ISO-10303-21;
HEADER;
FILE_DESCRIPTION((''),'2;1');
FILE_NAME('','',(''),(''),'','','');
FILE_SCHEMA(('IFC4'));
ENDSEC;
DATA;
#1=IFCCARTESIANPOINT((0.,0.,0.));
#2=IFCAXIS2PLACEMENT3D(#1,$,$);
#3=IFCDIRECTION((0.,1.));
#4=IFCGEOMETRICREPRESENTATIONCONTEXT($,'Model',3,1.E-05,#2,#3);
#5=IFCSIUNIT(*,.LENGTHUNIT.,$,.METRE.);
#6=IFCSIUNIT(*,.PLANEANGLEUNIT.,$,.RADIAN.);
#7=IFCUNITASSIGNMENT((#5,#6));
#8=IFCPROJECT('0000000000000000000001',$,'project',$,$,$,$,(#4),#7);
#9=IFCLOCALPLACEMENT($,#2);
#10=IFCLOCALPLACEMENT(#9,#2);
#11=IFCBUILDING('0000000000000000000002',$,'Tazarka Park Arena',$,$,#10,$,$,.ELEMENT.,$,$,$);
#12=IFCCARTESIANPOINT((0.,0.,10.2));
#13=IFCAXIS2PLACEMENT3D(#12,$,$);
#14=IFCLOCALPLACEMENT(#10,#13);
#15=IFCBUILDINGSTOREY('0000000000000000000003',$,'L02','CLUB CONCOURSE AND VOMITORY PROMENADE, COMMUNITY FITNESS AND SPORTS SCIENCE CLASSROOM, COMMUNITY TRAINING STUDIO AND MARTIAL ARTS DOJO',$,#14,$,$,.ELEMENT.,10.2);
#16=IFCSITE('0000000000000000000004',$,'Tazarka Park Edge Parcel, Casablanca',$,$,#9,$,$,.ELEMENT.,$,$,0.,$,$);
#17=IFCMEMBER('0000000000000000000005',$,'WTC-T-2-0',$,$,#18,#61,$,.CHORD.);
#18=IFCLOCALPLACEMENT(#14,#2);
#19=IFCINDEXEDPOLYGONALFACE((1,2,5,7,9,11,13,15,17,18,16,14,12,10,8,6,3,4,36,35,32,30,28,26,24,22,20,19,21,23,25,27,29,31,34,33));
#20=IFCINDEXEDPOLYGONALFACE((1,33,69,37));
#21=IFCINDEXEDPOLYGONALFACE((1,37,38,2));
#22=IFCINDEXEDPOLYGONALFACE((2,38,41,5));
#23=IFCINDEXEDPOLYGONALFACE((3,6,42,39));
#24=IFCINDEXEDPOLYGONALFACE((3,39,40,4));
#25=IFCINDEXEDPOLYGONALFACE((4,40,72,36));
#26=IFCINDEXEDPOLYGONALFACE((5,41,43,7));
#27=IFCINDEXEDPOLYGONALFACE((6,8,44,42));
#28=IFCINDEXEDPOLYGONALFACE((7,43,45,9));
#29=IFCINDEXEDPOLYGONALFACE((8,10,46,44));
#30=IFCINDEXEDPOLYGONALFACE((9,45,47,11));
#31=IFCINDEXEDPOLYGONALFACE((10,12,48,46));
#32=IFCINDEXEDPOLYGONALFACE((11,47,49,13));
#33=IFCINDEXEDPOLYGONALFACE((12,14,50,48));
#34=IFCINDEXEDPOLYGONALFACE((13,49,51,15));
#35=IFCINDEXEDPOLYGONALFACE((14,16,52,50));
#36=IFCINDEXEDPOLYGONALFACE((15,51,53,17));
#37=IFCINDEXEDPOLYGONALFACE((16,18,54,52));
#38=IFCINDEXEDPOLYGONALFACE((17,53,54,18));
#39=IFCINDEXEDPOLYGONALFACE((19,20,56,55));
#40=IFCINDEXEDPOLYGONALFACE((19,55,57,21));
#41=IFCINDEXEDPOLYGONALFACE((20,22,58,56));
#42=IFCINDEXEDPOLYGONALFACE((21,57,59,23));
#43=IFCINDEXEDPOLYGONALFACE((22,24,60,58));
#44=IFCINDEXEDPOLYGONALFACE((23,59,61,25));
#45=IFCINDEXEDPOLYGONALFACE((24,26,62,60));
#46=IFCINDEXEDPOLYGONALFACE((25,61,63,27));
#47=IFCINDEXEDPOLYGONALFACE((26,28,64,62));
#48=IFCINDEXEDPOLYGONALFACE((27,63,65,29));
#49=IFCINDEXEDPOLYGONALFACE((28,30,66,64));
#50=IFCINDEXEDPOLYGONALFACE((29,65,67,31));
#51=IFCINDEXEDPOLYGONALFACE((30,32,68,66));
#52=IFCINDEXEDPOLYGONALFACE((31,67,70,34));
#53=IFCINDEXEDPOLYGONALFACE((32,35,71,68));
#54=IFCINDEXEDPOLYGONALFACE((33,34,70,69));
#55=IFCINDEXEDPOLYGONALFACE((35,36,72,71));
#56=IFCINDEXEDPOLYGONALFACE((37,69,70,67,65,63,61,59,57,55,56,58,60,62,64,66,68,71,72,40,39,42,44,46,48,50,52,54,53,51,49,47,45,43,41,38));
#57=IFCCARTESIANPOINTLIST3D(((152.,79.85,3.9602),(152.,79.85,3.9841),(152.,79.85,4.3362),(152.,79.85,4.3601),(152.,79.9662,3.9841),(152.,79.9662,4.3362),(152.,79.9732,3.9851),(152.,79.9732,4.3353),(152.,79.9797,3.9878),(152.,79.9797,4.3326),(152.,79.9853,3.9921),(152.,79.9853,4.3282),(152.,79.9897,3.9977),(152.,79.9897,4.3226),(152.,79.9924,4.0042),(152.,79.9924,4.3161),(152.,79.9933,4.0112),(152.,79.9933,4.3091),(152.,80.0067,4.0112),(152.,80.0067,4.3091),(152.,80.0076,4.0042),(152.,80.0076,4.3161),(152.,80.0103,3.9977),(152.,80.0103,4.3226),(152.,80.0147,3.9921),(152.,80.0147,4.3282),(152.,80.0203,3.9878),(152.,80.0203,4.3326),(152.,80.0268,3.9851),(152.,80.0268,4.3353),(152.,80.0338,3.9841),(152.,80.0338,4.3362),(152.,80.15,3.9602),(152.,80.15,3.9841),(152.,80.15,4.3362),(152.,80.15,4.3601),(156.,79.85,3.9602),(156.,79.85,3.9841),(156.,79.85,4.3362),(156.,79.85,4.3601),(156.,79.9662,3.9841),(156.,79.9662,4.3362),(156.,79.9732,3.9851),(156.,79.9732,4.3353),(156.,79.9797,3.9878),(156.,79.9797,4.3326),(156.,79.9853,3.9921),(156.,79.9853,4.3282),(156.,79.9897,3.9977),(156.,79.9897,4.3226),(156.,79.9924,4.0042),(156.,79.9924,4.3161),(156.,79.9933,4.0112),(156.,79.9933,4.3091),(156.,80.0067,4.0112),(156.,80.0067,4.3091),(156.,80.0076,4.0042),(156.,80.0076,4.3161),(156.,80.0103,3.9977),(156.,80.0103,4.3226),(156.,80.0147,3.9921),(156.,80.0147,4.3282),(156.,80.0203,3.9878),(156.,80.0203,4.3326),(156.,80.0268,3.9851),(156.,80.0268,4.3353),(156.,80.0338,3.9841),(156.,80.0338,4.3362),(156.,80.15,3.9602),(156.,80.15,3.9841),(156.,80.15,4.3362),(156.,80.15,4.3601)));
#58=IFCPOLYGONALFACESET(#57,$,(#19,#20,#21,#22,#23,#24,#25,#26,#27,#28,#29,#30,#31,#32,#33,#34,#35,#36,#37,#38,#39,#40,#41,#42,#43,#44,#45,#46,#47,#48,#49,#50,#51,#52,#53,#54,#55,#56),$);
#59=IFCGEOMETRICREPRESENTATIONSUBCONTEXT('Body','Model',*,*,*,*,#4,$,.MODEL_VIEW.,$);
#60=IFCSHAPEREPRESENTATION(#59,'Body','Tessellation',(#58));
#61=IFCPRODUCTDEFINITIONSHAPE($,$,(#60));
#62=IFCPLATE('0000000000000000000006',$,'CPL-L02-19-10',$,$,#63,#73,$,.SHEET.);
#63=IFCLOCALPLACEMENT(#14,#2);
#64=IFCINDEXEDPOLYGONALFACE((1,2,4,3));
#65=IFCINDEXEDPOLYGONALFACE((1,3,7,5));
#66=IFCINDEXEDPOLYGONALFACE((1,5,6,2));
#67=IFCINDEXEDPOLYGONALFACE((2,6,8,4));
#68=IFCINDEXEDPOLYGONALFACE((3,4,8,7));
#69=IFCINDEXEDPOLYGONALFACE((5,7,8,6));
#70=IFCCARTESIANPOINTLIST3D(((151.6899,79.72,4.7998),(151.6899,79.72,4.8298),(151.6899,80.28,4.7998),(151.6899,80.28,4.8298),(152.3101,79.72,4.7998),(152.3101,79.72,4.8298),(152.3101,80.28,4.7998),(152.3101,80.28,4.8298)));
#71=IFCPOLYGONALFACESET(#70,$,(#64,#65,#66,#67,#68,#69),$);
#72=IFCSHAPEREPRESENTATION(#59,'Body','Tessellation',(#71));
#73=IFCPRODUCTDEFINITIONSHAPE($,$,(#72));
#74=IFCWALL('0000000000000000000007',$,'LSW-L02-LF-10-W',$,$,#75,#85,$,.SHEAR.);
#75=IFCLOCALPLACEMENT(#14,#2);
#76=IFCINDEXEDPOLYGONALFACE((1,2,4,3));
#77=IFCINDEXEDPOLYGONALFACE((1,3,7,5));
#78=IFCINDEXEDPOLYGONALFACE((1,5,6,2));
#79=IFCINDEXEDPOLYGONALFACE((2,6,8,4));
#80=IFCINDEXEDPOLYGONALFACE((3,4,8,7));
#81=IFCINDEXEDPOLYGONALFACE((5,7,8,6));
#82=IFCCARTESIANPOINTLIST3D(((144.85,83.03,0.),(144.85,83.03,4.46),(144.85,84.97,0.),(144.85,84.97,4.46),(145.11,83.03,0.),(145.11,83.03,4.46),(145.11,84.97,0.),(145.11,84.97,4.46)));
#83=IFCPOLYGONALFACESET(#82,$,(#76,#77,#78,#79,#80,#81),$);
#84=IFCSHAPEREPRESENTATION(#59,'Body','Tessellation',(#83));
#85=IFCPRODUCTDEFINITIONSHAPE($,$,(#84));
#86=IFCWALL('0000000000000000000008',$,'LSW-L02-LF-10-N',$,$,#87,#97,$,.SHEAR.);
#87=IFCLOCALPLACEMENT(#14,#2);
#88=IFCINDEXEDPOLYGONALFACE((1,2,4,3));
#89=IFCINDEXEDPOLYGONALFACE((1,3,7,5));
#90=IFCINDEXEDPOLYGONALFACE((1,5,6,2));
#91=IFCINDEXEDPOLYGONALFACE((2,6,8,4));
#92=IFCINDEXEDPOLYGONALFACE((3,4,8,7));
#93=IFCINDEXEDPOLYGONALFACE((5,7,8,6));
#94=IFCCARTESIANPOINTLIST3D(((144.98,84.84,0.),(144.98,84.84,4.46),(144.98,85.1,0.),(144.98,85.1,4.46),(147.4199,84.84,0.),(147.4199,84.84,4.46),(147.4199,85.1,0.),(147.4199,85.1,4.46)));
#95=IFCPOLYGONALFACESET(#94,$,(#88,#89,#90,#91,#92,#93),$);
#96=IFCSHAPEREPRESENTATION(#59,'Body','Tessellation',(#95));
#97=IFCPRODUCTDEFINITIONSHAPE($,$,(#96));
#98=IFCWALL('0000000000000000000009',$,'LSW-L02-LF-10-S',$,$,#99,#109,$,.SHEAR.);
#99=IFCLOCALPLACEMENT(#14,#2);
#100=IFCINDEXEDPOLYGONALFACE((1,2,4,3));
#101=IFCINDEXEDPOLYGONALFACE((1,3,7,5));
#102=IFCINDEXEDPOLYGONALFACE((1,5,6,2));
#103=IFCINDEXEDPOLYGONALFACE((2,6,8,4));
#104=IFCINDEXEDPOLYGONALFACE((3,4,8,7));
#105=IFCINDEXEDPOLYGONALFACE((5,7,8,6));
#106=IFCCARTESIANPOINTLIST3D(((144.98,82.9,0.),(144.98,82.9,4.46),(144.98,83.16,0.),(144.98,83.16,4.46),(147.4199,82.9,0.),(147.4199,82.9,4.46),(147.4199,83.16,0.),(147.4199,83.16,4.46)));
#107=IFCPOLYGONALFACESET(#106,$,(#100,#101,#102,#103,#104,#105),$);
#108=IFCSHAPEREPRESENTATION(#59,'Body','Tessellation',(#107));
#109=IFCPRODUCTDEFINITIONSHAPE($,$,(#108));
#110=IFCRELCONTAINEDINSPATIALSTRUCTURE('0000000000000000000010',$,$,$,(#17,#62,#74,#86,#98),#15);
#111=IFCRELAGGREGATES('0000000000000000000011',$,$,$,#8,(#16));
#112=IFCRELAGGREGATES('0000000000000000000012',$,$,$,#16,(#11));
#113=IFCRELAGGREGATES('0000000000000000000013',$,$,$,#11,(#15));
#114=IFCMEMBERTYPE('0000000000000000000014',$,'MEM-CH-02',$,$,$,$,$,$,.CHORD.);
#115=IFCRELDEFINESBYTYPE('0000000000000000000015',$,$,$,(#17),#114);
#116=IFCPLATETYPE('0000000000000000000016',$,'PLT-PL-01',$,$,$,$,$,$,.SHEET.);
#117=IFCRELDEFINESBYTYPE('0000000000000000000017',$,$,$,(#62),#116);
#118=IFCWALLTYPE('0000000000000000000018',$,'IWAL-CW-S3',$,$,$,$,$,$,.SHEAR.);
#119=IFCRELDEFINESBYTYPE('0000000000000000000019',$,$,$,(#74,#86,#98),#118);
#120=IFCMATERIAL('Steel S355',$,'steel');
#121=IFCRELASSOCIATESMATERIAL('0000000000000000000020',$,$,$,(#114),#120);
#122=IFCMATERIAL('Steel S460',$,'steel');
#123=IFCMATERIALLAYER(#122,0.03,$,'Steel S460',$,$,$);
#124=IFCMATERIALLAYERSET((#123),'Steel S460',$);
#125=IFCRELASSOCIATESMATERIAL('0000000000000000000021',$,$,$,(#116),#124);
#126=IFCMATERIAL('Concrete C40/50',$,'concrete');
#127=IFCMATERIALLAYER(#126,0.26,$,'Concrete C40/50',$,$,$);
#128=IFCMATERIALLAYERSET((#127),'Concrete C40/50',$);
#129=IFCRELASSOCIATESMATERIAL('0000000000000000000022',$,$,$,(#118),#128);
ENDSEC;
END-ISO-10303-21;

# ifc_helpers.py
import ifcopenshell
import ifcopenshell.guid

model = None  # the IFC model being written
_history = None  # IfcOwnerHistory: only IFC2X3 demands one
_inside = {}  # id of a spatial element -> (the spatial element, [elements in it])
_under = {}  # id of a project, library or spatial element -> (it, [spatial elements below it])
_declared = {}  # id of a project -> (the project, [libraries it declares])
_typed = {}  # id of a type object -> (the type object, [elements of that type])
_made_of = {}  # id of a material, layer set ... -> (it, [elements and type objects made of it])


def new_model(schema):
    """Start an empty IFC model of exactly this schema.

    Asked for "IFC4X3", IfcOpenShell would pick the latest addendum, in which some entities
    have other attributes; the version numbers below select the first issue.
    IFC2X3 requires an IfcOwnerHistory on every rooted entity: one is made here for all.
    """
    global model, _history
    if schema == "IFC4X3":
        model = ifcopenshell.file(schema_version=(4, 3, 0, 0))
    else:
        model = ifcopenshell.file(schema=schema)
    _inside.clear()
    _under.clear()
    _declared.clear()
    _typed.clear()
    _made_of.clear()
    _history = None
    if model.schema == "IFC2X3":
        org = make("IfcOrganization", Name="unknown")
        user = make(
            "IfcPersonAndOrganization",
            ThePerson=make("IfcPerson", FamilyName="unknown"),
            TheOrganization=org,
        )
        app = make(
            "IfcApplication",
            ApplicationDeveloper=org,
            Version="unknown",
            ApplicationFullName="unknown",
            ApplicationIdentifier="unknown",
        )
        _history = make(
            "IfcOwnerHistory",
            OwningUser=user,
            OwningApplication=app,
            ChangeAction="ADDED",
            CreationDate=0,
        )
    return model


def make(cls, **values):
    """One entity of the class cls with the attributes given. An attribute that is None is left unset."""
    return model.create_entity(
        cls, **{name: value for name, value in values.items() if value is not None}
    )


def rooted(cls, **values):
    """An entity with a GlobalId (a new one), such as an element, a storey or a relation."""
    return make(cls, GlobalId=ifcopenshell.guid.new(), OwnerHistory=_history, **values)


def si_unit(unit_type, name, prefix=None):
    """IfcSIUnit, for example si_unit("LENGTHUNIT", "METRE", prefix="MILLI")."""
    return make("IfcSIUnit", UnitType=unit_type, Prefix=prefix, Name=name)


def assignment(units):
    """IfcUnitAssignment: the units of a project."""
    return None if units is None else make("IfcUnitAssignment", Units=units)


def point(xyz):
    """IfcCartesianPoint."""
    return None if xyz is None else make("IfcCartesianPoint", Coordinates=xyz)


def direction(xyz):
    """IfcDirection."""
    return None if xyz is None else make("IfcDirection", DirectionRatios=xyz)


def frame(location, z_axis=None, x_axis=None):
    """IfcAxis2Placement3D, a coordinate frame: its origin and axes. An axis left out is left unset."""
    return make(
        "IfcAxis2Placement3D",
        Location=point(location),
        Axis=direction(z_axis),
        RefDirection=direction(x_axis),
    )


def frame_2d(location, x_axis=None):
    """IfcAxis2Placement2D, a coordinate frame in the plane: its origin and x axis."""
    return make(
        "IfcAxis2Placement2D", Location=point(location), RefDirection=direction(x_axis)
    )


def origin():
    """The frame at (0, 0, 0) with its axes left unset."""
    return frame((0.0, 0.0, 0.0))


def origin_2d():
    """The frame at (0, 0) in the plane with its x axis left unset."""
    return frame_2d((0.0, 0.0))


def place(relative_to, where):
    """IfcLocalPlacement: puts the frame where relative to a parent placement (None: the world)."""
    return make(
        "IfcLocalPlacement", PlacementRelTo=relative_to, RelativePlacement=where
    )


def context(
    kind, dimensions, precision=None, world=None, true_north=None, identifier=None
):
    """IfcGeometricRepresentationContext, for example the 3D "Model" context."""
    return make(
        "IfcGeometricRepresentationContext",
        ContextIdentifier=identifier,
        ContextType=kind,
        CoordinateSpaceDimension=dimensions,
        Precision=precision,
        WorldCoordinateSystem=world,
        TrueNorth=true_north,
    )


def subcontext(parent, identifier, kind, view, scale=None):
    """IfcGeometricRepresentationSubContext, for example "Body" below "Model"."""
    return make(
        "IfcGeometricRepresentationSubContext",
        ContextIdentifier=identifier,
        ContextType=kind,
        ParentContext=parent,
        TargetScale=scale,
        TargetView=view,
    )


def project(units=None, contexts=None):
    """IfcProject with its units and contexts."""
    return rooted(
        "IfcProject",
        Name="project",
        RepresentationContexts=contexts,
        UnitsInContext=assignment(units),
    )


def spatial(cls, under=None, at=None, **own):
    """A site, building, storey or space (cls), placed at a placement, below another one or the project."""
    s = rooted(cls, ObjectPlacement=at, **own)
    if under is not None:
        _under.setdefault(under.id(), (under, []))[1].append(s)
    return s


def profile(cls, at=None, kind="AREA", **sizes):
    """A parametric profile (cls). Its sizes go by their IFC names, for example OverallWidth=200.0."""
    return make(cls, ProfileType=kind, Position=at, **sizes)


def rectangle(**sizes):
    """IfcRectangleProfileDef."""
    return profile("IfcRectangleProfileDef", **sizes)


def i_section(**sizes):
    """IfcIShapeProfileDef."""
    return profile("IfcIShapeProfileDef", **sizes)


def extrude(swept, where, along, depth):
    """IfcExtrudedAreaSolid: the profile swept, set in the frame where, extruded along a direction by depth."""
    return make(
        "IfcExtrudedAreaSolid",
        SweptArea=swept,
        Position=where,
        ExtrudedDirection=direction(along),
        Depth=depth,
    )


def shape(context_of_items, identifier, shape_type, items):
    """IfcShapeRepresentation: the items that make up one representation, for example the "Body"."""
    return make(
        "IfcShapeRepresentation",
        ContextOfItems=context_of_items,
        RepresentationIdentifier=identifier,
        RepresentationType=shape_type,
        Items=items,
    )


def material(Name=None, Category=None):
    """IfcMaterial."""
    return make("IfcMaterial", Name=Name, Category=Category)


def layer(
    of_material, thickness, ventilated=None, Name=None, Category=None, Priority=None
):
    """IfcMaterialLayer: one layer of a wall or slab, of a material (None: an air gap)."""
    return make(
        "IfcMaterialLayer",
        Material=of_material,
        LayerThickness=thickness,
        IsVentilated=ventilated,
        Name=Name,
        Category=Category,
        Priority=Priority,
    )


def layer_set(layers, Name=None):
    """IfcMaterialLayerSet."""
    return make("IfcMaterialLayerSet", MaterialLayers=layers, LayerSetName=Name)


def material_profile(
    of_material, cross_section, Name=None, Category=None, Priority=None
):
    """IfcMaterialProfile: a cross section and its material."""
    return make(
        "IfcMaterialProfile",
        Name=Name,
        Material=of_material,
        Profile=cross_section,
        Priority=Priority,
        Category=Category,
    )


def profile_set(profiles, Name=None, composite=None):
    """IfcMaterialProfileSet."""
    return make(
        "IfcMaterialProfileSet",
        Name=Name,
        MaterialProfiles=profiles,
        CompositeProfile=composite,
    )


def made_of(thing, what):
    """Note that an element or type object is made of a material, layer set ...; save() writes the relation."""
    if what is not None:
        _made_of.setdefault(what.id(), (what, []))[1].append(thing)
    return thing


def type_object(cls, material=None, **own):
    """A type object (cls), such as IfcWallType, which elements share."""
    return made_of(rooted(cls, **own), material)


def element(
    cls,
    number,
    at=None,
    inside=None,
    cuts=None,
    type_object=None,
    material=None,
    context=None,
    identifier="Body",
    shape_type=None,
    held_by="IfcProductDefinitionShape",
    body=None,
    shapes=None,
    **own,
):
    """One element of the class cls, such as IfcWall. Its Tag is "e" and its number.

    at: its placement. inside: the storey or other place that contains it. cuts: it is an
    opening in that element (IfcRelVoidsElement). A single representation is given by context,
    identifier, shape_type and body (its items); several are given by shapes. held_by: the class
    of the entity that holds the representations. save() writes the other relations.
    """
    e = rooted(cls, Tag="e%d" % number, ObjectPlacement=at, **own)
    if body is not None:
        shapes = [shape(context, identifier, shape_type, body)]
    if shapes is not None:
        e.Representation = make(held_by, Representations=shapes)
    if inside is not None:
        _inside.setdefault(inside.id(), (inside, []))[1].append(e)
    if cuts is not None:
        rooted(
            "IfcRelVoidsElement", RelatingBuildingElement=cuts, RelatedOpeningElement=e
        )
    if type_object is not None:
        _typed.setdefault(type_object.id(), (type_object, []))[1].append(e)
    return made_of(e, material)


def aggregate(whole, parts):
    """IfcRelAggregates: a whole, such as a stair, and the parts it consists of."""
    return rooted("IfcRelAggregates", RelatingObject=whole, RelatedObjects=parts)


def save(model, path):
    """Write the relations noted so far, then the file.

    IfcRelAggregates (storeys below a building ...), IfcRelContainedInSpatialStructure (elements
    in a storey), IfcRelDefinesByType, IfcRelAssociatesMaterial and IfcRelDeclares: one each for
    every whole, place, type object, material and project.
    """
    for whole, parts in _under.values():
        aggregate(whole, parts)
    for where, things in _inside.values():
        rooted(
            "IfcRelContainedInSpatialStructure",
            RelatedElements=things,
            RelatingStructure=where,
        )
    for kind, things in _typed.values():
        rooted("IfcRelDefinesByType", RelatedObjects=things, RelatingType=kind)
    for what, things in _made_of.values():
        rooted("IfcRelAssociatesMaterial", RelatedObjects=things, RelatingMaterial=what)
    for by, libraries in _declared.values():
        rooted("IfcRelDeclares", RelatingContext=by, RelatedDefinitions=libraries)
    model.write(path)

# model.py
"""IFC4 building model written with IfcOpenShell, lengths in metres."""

from ifc_helpers import new_model, si_unit, direction, frame, frame_2d, origin, origin_2d, place, context, subcontext, project, spatial, rectangle, i_section, extrude, material, layer, layer_set, material_profile, profile_set, type_object, element, save


model = new_model("IFC4")

# Units and contexts
model_context = context("Model", 3, precision=1e-05, world=origin(), true_north=direction((0.0, 1.0)))
body_context = subcontext(model_context, "Body", "Model", "MODEL_VIEW")
ifc_project = project(units=[si_unit("LENGTHUNIT", "METRE"), si_unit("PLANEANGLEUNIT", "RADIAN")], contexts=[model_context])

# Site, building, storey
site_placement = place(None, origin())
site = spatial("IfcSite", under=ifc_project, at=site_placement, Name="Tazarka Park Edge Parcel, Casablanca", CompositionType="ELEMENT", RefElevation=0.0)
building_placement = place(site_placement, origin())
building = spatial("IfcBuilding", under=site, at=building_placement, Name="Tazarka Park Arena", CompositionType="ELEMENT")
storey_placement = place(building_placement, frame((0.0, 0.0, 10.2)))
storey = spatial("IfcBuildingStorey", under=building, at=storey_placement, Name="L02", Description="CLUB CONCOURSE AND VOMITORY PROMENADE, COMMUNITY FITNESS AND SPORTS SCIENCE CLASSROOM, COMMUNITY TRAINING STUDIO AND MARTIAL ARTS DOJO", CompositionType="ELEMENT", Elevation=10.2)

# Member
ifc_material_1 = material(Name="Steel S355", Category="steel")
ifc_material_profile_1 = material_profile(ifc_material_1, i_section(OverallWidth=0.3, OverallDepth=0.3999, WebThickness=0.0134, FlangeThickness=0.0239, FilletRadius=0.0271, at=origin_2d()), Name="Steel S355")
ifc_profile_set_1 = profile_set([ifc_material_profile_1], Name="Steel S355")
member_type_1 = type_object("IfcMemberType", Name="MEM-CH-02", PredefinedType="CHORD", material=ifc_profile_set_1)
member_1_placement = place(storey_placement, frame((152.0, 80.0, 4.1602), z_axis=(1.0, 0.0, 0.0), x_axis=(0.0, 1.0, 0.0)))
element("IfcMember", 1, at=member_1_placement, inside=storey, type_object=member_type_1, Name="WTC-T-2-0", PredefinedType="CHORD", context=body_context, shape_type="SweptSolid", body=[
    extrude(i_section(OverallWidth=0.3, OverallDepth=0.3999, WebThickness=0.0134, FlangeThickness=0.0239, FilletRadius=0.0271, at=origin_2d()), origin(), (0.0, 0.0, 1.0), 4.0),
])

# Plate
ifc_material_2 = material(Name="Steel S460", Category="steel")
ifc_layer_1 = layer(ifc_material_2, 0.03, Name="Steel S460")
ifc_layer_set_1 = layer_set([ifc_layer_1], Name="Steel S460")
plate_type = type_object("IfcPlateType", Name="PLT-PL-01", PredefinedType="SHEET", material=ifc_layer_set_1)
plate_placement = place(storey_placement, frame((152.0, 80.0, 4.7998), z_axis=(0.0, 0.0, 1.0), x_axis=(1.0, 0.0, 0.0)))
element("IfcPlate", 2, at=plate_placement, inside=storey, type_object=plate_type, Name="CPL-L02-19-10", PredefinedType="SHEET", context=body_context, shape_type="SweptSolid", body=[
    extrude(rectangle(XDim=0.6201, YDim=0.5601, at=origin_2d()), origin(), (0.0, 0.0, 1.0), 0.03),
])

# Walls
ifc_material_3 = material(Name="Concrete C40/50", Category="concrete")
ifc_layer_2 = layer(ifc_material_3, 0.26, Name="Concrete C40/50")
ifc_layer_set_2 = layer_set([ifc_layer_2], Name="Concrete C40/50")
wall_type = type_object("IfcWallType", Name="IWAL-CW-S3", PredefinedType="SHEAR", material=ifc_layer_set_2)
wall_1_placement = place(storey_placement, frame((144.98, 83.03, 0.0), z_axis=(0.0, 0.0, 1.0), x_axis=(0.0, 1.0, 0.0)))
element("IfcWall", 3, at=wall_1_placement, inside=storey, type_object=wall_type, Name="LSW-L02-LF-10-W", PredefinedType="SHEAR", context=body_context, shape_type="SweptSolid", body=[
    extrude(rectangle(XDim=1.9399, YDim=0.26, at=frame_2d((0.97, 0.0))), origin(), (0.0, 0.0, 1.0), 4.46),
])
for number, where, z_axis, x_axis, name in (
    (4, (144.98, 84.97, 0.0), (0.0, 0.0, 1.0), (1.0, 0.0, 0.0), "LSW-L02-LF-10-N"),
    (5, (147.4199, 83.03, 0.0), (0.0, 0.0, 1.0), (-1.0, 0.0, 0.0), "LSW-L02-LF-10-S"),
):
    element("IfcWall", number, at=place(storey_placement, frame(where, z_axis=z_axis, x_axis=x_axis)), inside=storey, type_object=wall_type, Name=name, PredefinedType="SHEAR", context=body_context, shape_type="SweptSolid", body=[
        extrude(rectangle(XDim=2.4399, YDim=0.26, at=frame_2d((1.22, 0.0))), origin(), (0.0, 0.0, 1.0), 4.46),
    ])

save(model, "model.ifc")
